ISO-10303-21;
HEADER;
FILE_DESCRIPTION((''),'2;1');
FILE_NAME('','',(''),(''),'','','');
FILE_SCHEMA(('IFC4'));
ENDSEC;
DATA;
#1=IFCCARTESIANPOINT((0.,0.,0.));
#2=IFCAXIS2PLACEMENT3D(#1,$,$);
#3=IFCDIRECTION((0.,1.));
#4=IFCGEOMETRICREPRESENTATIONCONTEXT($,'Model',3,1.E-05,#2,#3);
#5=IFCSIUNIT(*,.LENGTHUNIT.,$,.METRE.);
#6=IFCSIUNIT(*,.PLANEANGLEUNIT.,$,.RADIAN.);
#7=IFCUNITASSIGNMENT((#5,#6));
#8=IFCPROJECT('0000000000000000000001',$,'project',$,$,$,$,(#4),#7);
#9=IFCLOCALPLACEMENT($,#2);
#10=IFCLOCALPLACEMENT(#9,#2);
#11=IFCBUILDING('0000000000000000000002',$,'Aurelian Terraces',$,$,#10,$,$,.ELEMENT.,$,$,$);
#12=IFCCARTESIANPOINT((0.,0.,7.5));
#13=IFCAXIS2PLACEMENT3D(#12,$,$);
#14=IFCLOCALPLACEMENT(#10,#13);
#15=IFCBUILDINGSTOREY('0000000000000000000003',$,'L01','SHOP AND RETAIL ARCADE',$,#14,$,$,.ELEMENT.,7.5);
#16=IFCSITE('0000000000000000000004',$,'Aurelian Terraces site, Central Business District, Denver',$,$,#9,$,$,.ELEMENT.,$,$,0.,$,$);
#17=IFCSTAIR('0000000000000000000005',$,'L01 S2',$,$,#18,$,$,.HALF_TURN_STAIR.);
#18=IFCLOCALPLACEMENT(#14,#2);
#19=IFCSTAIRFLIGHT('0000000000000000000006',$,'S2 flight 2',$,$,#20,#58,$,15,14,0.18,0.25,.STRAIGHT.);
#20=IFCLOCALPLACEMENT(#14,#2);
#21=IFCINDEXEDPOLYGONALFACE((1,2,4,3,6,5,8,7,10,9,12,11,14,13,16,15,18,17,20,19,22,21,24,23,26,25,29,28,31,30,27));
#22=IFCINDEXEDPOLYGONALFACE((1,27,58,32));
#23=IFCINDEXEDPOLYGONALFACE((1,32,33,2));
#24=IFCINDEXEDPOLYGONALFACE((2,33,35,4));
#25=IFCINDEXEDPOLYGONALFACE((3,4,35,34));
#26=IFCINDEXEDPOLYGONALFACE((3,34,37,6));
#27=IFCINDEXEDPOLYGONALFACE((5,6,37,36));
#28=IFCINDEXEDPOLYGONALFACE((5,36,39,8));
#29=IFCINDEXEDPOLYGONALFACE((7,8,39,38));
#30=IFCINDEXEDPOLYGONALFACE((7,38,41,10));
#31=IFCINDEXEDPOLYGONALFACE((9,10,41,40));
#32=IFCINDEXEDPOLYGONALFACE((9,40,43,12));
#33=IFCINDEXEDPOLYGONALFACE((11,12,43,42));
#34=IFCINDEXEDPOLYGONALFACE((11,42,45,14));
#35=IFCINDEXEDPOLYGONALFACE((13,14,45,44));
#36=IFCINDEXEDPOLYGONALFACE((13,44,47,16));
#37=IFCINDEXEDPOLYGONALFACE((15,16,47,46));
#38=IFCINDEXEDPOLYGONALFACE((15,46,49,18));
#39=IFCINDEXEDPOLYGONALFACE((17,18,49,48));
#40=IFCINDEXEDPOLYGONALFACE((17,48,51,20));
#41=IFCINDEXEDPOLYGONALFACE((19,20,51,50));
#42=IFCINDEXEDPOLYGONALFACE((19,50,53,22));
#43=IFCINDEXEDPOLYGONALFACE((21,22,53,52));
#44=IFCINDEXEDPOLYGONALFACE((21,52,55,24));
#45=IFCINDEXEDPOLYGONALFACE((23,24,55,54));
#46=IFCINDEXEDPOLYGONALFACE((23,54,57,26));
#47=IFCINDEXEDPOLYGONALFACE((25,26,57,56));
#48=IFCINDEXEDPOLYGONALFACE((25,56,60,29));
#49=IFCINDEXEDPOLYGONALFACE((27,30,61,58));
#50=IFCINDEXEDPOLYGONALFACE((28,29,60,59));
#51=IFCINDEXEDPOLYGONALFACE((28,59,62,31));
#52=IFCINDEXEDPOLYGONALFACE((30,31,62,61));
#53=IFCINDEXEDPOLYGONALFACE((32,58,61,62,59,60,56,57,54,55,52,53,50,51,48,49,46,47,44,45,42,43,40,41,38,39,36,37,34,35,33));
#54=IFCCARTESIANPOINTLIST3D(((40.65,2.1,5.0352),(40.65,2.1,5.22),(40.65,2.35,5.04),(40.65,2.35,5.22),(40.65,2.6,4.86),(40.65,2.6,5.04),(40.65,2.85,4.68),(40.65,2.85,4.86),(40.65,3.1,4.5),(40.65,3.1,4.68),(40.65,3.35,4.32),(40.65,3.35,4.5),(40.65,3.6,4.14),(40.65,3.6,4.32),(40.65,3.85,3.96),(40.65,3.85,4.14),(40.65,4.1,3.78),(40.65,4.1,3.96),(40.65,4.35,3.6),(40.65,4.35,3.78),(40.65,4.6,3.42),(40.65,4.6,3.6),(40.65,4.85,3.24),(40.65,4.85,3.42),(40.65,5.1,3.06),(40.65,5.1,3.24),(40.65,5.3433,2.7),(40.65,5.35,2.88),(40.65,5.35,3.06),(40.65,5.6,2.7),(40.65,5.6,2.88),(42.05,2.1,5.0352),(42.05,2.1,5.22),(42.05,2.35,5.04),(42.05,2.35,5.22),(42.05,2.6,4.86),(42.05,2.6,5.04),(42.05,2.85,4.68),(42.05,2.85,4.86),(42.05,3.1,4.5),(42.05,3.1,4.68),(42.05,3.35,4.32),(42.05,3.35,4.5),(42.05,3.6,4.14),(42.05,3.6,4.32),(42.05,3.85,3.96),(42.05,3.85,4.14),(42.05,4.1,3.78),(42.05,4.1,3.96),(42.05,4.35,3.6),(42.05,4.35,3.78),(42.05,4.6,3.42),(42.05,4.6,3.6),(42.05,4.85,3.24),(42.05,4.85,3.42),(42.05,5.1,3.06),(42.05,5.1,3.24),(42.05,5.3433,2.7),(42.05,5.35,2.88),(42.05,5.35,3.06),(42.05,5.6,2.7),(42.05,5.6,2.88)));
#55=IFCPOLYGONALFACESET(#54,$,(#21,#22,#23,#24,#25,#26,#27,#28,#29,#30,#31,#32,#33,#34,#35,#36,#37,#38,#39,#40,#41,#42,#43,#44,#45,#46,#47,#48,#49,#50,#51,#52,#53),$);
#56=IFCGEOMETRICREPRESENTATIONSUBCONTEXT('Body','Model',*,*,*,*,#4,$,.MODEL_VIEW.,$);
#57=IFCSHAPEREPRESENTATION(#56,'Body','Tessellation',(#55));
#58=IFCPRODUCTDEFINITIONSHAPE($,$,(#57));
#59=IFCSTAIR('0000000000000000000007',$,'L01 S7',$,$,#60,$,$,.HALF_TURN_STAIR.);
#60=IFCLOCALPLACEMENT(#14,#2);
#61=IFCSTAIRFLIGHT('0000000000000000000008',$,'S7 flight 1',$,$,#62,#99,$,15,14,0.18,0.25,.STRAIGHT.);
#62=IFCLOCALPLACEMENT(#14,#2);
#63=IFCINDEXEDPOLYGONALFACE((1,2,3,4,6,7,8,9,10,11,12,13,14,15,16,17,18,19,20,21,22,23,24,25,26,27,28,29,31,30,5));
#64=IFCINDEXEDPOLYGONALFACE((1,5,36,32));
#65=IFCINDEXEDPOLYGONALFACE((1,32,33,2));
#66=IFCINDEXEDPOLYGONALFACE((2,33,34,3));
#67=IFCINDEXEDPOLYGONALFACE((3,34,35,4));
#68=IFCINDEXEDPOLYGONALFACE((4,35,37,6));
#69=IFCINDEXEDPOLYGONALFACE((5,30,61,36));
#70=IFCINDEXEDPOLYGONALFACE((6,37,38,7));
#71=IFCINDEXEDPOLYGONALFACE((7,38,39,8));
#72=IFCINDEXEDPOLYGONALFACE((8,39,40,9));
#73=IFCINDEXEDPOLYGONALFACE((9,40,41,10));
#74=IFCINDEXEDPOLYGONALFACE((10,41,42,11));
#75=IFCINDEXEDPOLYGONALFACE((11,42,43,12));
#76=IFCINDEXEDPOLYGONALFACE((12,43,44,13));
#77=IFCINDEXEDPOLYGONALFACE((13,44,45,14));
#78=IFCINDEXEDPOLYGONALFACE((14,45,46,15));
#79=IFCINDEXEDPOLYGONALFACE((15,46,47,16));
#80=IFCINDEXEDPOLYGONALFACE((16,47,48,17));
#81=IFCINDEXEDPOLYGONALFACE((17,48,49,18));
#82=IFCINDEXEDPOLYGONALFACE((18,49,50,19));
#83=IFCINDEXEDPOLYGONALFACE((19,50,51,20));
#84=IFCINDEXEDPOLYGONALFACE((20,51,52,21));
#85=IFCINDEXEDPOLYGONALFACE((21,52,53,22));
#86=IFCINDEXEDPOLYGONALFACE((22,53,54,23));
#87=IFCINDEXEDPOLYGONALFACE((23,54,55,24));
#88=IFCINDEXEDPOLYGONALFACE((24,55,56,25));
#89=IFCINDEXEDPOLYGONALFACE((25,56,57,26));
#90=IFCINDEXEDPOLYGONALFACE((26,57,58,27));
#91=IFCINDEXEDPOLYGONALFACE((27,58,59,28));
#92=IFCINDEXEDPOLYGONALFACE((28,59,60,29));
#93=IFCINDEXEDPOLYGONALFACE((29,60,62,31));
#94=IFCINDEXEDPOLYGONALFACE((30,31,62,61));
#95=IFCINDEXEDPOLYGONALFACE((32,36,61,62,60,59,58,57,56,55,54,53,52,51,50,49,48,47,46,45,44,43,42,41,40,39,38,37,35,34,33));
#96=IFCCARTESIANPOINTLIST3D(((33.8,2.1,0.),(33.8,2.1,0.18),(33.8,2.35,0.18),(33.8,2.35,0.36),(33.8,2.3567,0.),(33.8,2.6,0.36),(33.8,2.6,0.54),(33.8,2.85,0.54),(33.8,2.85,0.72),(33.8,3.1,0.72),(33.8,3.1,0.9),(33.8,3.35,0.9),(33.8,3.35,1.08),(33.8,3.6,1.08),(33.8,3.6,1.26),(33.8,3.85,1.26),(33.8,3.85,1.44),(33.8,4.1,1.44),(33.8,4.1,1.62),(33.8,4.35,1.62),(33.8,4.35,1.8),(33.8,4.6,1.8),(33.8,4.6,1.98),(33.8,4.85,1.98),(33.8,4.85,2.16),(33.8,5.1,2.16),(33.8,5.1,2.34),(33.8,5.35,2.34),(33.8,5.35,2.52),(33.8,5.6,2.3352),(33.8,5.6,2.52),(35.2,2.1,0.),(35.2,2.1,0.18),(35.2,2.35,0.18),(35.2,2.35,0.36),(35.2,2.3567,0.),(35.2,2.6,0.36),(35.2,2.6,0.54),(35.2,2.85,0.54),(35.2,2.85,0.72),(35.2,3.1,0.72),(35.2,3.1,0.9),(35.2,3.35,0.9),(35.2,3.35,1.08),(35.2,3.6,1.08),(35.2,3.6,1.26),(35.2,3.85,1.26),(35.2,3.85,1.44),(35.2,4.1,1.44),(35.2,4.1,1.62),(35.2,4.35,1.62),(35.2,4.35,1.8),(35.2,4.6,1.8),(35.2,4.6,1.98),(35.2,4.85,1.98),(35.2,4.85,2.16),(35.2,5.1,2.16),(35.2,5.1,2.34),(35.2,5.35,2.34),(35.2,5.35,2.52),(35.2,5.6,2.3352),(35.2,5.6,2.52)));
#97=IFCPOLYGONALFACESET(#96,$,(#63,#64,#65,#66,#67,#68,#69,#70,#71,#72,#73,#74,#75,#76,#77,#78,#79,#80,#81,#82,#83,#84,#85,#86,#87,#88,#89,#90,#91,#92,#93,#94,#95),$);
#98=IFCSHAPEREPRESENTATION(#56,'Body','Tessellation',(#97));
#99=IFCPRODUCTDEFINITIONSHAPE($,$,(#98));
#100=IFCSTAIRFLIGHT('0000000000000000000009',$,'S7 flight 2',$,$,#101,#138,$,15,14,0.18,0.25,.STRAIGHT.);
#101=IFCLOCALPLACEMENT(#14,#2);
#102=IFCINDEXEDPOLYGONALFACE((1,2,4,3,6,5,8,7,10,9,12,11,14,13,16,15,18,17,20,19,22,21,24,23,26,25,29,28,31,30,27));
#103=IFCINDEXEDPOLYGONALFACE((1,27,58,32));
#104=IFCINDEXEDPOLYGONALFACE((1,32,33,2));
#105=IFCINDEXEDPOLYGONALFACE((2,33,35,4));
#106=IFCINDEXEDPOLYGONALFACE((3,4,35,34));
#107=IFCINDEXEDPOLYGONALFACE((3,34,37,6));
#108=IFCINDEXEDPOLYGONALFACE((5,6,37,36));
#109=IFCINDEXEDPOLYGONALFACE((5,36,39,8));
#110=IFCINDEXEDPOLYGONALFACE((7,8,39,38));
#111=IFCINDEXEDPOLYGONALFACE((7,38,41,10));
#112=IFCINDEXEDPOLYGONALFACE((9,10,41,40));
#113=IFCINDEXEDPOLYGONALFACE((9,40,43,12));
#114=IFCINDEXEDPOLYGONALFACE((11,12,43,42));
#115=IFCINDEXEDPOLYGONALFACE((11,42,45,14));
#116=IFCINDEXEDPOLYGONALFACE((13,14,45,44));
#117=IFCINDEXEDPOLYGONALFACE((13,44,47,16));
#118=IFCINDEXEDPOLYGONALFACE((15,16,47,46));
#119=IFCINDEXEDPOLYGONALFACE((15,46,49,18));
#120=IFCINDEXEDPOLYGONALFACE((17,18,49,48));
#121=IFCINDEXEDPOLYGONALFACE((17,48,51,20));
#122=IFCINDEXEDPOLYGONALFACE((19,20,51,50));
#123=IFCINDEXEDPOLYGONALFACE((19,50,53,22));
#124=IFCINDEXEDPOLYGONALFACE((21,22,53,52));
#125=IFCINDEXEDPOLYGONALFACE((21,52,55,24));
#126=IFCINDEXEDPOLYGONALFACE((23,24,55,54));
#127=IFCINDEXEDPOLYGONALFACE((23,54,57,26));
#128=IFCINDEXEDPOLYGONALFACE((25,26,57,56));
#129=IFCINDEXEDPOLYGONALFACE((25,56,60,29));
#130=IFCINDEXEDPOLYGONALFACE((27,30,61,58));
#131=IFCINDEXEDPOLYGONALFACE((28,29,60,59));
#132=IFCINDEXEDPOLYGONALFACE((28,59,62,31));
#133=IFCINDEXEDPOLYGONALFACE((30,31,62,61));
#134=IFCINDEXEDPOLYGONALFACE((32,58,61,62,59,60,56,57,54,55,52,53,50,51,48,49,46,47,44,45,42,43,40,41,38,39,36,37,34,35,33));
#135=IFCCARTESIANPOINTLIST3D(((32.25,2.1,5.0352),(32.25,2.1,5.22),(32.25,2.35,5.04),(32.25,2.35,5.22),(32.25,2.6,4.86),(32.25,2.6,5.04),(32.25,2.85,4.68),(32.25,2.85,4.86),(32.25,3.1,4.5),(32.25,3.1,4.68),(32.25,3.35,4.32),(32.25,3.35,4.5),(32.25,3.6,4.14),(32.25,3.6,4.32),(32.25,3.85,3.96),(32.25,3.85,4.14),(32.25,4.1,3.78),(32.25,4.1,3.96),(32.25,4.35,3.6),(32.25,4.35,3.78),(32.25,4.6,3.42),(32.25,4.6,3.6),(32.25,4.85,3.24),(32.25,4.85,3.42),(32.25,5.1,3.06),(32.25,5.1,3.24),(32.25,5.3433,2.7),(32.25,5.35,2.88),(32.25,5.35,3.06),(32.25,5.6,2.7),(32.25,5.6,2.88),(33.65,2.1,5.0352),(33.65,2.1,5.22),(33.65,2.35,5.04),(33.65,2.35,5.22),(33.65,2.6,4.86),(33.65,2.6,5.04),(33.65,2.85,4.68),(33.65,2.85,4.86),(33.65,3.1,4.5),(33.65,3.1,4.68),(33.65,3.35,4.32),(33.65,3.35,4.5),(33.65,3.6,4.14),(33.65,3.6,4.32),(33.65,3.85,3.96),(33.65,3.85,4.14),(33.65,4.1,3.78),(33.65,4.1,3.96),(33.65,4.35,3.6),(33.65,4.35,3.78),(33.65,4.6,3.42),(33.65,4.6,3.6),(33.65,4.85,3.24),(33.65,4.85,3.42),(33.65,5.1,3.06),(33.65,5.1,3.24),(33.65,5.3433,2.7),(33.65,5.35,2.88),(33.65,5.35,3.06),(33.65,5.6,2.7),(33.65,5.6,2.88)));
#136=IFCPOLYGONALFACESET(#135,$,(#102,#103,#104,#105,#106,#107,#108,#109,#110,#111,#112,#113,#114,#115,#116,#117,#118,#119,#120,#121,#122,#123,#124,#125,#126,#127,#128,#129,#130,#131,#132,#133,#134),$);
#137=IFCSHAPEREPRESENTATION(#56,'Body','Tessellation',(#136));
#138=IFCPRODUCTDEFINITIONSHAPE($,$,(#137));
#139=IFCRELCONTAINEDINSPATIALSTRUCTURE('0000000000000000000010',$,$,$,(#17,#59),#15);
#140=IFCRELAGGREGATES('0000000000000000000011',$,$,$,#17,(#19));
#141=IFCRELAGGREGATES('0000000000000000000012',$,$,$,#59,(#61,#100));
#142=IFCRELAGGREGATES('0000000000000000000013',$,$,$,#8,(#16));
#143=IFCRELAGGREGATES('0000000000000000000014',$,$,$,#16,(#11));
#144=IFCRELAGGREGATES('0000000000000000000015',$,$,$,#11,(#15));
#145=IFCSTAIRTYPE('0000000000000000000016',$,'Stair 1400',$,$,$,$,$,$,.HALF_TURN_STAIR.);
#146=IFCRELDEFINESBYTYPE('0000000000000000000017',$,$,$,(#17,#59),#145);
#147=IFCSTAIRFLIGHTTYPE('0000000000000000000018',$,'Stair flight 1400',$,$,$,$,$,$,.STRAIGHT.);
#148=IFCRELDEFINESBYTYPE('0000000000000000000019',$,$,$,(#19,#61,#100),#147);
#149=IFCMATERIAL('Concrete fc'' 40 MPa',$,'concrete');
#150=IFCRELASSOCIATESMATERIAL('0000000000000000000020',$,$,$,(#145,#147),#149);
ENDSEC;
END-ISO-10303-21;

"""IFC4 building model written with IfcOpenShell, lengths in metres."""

from ifc_helpers import new_model, si_unit, direction, frame, origin, place, context, subcontext, project, spatial, polyline, outline, extrude, source, transform, mapped, material, type_object, element, aggregate, save


model = new_model("IFC4")

# Units and contexts
model_context = context("Model", 3, precision=1e-05, world=origin(), true_north=direction((0.0, 1.0)))
body_context = subcontext(model_context, "Body", "Model", "MODEL_VIEW")
ifc_project = project(units=[si_unit("LENGTHUNIT", "METRE"), si_unit("PLANEANGLEUNIT", "RADIAN")], contexts=[model_context])

# Site, building, storey
site_placement = place(None, origin())
site = spatial("IfcSite", under=ifc_project, at=site_placement, Name="Aurelian Terraces site, Central Business District, Denver", CompositionType="ELEMENT", RefElevation=0.0)
building_placement = place(site_placement, origin())
building = spatial("IfcBuilding", under=site, at=building_placement, Name="Aurelian Terraces", CompositionType="ELEMENT")
storey_placement = place(building_placement, frame((0.0, 0.0, 7.5)))
storey = spatial("IfcBuildingStorey", under=building, at=storey_placement, Name="L01", Description="SHOP AND RETAIL ARCADE", CompositionType="ELEMENT", Elevation=7.5)

# Shared definitions
ifc_material_1 = material(Name="Concrete fc' 40 MPa", Category="concrete")

# Stair, stair flight
stair_type = type_object("IfcStairType", Name="Stair 1400", PredefinedType="HALF_TURN_STAIR", material=ifc_material_1)
stair_1_placement = place(storey_placement, origin())
stair_1 = element("IfcStair", 1, at=stair_1_placement, inside=storey, type_object=stair_type, Name="L01 S2", PredefinedType="HALF_TURN_STAIR")
stair_flight_type = type_object("IfcStairFlightType", Name="Stair flight 1400", PredefinedType="STRAIGHT", material=ifc_material_1)
shared_shape_1 = source(origin(), body_context, "Body", "SweptSolid", [
    extrude(outline(polyline([(0.0, 0.0), (0.0, 0.18), (0.25, 0.18), (0.25, 0.36), (0.5, 0.36), (0.5, 0.54), (0.75, 0.54), (0.75, 0.72), (1.0, 0.72), (1.0, 0.9), (1.25, 0.9), (1.25, 1.08), (1.5, 1.08), (1.5, 1.26), (1.75, 1.26), (1.75, 1.44), (2.0, 1.44), (2.0, 1.62), (2.25, 1.62), (2.25, 1.8), (2.5, 1.8), (2.5, 1.98), (2.75, 1.98), (2.75, 2.16), (3.0, 2.16), (3.0, 2.34), (3.25, 2.34), (3.25, 2.52), (3.5, 2.52), (3.5, 2.7), (3.5, 2.3352), (0.2567, 0.0), (0.0, 0.0)])), frame((0.0, 0.7, 0.0), z_axis=(0.0, -1.0, 0.0), x_axis=(1.0, 0.0, 0.0)), (0.0, 0.0, 1.0), 1.4),
])
stair_flight_1_placement = place(storey_placement, frame((41.35, 5.6, 2.7), z_axis=(0.0, 0.0, 1.0), x_axis=(0.0, -1.0, 0.0)))
stair_flight_1 = element("IfcStairFlight", 2, at=stair_flight_1_placement, type_object=stair_flight_type, Name="S2 flight 2", NumberOfRisers=15, NumberOfTreads=14, PredefinedType="STRAIGHT", RiserHeight=0.18, TreadLength=0.25, context=body_context, shape_type="MappedRepresentation", body=[
    mapped(shared_shape_1, transform((0.0, 0.0, 0.0), scale=1.0)),
])
aggregate(stair_1, [stair_flight_1])

# Stair, stair flights
stair_2_placement = place(storey_placement, origin())
stair_2 = element("IfcStair", 3, at=stair_2_placement, inside=storey, type_object=stair_type, Name="L01 S7", PredefinedType="HALF_TURN_STAIR")
stair_flight_2_placement = place(storey_placement, frame((34.5, 2.1, 0.0), z_axis=(0.0, 0.0, 1.0), x_axis=(0.0, 1.0, 0.0)))
stair_flight_2 = element("IfcStairFlight", 4, at=stair_flight_2_placement, type_object=stair_flight_type, Name="S7 flight 1", NumberOfRisers=15, NumberOfTreads=14, PredefinedType="STRAIGHT", RiserHeight=0.18, TreadLength=0.25, context=body_context, shape_type="MappedRepresentation", body=[
    mapped(shared_shape_1, transform((0.0, 0.0, 0.0), scale=1.0)),
])
stair_flight_3_placement = place(storey_placement, frame((32.95, 5.6, 2.7), z_axis=(0.0, 0.0, 1.0), x_axis=(0.0, -1.0, 0.0)))
stair_flight_3 = element("IfcStairFlight", 5, at=stair_flight_3_placement, type_object=stair_flight_type, Name="S7 flight 2", NumberOfRisers=15, NumberOfTreads=14, PredefinedType="STRAIGHT", RiserHeight=0.18, TreadLength=0.25, context=body_context, shape_type="MappedRepresentation", body=[
    mapped(shared_shape_1, transform((0.0, 0.0, 0.0), scale=1.0)),
])
aggregate(stair_2, [stair_flight_2, stair_flight_3])

save(model, "model.ifc")
